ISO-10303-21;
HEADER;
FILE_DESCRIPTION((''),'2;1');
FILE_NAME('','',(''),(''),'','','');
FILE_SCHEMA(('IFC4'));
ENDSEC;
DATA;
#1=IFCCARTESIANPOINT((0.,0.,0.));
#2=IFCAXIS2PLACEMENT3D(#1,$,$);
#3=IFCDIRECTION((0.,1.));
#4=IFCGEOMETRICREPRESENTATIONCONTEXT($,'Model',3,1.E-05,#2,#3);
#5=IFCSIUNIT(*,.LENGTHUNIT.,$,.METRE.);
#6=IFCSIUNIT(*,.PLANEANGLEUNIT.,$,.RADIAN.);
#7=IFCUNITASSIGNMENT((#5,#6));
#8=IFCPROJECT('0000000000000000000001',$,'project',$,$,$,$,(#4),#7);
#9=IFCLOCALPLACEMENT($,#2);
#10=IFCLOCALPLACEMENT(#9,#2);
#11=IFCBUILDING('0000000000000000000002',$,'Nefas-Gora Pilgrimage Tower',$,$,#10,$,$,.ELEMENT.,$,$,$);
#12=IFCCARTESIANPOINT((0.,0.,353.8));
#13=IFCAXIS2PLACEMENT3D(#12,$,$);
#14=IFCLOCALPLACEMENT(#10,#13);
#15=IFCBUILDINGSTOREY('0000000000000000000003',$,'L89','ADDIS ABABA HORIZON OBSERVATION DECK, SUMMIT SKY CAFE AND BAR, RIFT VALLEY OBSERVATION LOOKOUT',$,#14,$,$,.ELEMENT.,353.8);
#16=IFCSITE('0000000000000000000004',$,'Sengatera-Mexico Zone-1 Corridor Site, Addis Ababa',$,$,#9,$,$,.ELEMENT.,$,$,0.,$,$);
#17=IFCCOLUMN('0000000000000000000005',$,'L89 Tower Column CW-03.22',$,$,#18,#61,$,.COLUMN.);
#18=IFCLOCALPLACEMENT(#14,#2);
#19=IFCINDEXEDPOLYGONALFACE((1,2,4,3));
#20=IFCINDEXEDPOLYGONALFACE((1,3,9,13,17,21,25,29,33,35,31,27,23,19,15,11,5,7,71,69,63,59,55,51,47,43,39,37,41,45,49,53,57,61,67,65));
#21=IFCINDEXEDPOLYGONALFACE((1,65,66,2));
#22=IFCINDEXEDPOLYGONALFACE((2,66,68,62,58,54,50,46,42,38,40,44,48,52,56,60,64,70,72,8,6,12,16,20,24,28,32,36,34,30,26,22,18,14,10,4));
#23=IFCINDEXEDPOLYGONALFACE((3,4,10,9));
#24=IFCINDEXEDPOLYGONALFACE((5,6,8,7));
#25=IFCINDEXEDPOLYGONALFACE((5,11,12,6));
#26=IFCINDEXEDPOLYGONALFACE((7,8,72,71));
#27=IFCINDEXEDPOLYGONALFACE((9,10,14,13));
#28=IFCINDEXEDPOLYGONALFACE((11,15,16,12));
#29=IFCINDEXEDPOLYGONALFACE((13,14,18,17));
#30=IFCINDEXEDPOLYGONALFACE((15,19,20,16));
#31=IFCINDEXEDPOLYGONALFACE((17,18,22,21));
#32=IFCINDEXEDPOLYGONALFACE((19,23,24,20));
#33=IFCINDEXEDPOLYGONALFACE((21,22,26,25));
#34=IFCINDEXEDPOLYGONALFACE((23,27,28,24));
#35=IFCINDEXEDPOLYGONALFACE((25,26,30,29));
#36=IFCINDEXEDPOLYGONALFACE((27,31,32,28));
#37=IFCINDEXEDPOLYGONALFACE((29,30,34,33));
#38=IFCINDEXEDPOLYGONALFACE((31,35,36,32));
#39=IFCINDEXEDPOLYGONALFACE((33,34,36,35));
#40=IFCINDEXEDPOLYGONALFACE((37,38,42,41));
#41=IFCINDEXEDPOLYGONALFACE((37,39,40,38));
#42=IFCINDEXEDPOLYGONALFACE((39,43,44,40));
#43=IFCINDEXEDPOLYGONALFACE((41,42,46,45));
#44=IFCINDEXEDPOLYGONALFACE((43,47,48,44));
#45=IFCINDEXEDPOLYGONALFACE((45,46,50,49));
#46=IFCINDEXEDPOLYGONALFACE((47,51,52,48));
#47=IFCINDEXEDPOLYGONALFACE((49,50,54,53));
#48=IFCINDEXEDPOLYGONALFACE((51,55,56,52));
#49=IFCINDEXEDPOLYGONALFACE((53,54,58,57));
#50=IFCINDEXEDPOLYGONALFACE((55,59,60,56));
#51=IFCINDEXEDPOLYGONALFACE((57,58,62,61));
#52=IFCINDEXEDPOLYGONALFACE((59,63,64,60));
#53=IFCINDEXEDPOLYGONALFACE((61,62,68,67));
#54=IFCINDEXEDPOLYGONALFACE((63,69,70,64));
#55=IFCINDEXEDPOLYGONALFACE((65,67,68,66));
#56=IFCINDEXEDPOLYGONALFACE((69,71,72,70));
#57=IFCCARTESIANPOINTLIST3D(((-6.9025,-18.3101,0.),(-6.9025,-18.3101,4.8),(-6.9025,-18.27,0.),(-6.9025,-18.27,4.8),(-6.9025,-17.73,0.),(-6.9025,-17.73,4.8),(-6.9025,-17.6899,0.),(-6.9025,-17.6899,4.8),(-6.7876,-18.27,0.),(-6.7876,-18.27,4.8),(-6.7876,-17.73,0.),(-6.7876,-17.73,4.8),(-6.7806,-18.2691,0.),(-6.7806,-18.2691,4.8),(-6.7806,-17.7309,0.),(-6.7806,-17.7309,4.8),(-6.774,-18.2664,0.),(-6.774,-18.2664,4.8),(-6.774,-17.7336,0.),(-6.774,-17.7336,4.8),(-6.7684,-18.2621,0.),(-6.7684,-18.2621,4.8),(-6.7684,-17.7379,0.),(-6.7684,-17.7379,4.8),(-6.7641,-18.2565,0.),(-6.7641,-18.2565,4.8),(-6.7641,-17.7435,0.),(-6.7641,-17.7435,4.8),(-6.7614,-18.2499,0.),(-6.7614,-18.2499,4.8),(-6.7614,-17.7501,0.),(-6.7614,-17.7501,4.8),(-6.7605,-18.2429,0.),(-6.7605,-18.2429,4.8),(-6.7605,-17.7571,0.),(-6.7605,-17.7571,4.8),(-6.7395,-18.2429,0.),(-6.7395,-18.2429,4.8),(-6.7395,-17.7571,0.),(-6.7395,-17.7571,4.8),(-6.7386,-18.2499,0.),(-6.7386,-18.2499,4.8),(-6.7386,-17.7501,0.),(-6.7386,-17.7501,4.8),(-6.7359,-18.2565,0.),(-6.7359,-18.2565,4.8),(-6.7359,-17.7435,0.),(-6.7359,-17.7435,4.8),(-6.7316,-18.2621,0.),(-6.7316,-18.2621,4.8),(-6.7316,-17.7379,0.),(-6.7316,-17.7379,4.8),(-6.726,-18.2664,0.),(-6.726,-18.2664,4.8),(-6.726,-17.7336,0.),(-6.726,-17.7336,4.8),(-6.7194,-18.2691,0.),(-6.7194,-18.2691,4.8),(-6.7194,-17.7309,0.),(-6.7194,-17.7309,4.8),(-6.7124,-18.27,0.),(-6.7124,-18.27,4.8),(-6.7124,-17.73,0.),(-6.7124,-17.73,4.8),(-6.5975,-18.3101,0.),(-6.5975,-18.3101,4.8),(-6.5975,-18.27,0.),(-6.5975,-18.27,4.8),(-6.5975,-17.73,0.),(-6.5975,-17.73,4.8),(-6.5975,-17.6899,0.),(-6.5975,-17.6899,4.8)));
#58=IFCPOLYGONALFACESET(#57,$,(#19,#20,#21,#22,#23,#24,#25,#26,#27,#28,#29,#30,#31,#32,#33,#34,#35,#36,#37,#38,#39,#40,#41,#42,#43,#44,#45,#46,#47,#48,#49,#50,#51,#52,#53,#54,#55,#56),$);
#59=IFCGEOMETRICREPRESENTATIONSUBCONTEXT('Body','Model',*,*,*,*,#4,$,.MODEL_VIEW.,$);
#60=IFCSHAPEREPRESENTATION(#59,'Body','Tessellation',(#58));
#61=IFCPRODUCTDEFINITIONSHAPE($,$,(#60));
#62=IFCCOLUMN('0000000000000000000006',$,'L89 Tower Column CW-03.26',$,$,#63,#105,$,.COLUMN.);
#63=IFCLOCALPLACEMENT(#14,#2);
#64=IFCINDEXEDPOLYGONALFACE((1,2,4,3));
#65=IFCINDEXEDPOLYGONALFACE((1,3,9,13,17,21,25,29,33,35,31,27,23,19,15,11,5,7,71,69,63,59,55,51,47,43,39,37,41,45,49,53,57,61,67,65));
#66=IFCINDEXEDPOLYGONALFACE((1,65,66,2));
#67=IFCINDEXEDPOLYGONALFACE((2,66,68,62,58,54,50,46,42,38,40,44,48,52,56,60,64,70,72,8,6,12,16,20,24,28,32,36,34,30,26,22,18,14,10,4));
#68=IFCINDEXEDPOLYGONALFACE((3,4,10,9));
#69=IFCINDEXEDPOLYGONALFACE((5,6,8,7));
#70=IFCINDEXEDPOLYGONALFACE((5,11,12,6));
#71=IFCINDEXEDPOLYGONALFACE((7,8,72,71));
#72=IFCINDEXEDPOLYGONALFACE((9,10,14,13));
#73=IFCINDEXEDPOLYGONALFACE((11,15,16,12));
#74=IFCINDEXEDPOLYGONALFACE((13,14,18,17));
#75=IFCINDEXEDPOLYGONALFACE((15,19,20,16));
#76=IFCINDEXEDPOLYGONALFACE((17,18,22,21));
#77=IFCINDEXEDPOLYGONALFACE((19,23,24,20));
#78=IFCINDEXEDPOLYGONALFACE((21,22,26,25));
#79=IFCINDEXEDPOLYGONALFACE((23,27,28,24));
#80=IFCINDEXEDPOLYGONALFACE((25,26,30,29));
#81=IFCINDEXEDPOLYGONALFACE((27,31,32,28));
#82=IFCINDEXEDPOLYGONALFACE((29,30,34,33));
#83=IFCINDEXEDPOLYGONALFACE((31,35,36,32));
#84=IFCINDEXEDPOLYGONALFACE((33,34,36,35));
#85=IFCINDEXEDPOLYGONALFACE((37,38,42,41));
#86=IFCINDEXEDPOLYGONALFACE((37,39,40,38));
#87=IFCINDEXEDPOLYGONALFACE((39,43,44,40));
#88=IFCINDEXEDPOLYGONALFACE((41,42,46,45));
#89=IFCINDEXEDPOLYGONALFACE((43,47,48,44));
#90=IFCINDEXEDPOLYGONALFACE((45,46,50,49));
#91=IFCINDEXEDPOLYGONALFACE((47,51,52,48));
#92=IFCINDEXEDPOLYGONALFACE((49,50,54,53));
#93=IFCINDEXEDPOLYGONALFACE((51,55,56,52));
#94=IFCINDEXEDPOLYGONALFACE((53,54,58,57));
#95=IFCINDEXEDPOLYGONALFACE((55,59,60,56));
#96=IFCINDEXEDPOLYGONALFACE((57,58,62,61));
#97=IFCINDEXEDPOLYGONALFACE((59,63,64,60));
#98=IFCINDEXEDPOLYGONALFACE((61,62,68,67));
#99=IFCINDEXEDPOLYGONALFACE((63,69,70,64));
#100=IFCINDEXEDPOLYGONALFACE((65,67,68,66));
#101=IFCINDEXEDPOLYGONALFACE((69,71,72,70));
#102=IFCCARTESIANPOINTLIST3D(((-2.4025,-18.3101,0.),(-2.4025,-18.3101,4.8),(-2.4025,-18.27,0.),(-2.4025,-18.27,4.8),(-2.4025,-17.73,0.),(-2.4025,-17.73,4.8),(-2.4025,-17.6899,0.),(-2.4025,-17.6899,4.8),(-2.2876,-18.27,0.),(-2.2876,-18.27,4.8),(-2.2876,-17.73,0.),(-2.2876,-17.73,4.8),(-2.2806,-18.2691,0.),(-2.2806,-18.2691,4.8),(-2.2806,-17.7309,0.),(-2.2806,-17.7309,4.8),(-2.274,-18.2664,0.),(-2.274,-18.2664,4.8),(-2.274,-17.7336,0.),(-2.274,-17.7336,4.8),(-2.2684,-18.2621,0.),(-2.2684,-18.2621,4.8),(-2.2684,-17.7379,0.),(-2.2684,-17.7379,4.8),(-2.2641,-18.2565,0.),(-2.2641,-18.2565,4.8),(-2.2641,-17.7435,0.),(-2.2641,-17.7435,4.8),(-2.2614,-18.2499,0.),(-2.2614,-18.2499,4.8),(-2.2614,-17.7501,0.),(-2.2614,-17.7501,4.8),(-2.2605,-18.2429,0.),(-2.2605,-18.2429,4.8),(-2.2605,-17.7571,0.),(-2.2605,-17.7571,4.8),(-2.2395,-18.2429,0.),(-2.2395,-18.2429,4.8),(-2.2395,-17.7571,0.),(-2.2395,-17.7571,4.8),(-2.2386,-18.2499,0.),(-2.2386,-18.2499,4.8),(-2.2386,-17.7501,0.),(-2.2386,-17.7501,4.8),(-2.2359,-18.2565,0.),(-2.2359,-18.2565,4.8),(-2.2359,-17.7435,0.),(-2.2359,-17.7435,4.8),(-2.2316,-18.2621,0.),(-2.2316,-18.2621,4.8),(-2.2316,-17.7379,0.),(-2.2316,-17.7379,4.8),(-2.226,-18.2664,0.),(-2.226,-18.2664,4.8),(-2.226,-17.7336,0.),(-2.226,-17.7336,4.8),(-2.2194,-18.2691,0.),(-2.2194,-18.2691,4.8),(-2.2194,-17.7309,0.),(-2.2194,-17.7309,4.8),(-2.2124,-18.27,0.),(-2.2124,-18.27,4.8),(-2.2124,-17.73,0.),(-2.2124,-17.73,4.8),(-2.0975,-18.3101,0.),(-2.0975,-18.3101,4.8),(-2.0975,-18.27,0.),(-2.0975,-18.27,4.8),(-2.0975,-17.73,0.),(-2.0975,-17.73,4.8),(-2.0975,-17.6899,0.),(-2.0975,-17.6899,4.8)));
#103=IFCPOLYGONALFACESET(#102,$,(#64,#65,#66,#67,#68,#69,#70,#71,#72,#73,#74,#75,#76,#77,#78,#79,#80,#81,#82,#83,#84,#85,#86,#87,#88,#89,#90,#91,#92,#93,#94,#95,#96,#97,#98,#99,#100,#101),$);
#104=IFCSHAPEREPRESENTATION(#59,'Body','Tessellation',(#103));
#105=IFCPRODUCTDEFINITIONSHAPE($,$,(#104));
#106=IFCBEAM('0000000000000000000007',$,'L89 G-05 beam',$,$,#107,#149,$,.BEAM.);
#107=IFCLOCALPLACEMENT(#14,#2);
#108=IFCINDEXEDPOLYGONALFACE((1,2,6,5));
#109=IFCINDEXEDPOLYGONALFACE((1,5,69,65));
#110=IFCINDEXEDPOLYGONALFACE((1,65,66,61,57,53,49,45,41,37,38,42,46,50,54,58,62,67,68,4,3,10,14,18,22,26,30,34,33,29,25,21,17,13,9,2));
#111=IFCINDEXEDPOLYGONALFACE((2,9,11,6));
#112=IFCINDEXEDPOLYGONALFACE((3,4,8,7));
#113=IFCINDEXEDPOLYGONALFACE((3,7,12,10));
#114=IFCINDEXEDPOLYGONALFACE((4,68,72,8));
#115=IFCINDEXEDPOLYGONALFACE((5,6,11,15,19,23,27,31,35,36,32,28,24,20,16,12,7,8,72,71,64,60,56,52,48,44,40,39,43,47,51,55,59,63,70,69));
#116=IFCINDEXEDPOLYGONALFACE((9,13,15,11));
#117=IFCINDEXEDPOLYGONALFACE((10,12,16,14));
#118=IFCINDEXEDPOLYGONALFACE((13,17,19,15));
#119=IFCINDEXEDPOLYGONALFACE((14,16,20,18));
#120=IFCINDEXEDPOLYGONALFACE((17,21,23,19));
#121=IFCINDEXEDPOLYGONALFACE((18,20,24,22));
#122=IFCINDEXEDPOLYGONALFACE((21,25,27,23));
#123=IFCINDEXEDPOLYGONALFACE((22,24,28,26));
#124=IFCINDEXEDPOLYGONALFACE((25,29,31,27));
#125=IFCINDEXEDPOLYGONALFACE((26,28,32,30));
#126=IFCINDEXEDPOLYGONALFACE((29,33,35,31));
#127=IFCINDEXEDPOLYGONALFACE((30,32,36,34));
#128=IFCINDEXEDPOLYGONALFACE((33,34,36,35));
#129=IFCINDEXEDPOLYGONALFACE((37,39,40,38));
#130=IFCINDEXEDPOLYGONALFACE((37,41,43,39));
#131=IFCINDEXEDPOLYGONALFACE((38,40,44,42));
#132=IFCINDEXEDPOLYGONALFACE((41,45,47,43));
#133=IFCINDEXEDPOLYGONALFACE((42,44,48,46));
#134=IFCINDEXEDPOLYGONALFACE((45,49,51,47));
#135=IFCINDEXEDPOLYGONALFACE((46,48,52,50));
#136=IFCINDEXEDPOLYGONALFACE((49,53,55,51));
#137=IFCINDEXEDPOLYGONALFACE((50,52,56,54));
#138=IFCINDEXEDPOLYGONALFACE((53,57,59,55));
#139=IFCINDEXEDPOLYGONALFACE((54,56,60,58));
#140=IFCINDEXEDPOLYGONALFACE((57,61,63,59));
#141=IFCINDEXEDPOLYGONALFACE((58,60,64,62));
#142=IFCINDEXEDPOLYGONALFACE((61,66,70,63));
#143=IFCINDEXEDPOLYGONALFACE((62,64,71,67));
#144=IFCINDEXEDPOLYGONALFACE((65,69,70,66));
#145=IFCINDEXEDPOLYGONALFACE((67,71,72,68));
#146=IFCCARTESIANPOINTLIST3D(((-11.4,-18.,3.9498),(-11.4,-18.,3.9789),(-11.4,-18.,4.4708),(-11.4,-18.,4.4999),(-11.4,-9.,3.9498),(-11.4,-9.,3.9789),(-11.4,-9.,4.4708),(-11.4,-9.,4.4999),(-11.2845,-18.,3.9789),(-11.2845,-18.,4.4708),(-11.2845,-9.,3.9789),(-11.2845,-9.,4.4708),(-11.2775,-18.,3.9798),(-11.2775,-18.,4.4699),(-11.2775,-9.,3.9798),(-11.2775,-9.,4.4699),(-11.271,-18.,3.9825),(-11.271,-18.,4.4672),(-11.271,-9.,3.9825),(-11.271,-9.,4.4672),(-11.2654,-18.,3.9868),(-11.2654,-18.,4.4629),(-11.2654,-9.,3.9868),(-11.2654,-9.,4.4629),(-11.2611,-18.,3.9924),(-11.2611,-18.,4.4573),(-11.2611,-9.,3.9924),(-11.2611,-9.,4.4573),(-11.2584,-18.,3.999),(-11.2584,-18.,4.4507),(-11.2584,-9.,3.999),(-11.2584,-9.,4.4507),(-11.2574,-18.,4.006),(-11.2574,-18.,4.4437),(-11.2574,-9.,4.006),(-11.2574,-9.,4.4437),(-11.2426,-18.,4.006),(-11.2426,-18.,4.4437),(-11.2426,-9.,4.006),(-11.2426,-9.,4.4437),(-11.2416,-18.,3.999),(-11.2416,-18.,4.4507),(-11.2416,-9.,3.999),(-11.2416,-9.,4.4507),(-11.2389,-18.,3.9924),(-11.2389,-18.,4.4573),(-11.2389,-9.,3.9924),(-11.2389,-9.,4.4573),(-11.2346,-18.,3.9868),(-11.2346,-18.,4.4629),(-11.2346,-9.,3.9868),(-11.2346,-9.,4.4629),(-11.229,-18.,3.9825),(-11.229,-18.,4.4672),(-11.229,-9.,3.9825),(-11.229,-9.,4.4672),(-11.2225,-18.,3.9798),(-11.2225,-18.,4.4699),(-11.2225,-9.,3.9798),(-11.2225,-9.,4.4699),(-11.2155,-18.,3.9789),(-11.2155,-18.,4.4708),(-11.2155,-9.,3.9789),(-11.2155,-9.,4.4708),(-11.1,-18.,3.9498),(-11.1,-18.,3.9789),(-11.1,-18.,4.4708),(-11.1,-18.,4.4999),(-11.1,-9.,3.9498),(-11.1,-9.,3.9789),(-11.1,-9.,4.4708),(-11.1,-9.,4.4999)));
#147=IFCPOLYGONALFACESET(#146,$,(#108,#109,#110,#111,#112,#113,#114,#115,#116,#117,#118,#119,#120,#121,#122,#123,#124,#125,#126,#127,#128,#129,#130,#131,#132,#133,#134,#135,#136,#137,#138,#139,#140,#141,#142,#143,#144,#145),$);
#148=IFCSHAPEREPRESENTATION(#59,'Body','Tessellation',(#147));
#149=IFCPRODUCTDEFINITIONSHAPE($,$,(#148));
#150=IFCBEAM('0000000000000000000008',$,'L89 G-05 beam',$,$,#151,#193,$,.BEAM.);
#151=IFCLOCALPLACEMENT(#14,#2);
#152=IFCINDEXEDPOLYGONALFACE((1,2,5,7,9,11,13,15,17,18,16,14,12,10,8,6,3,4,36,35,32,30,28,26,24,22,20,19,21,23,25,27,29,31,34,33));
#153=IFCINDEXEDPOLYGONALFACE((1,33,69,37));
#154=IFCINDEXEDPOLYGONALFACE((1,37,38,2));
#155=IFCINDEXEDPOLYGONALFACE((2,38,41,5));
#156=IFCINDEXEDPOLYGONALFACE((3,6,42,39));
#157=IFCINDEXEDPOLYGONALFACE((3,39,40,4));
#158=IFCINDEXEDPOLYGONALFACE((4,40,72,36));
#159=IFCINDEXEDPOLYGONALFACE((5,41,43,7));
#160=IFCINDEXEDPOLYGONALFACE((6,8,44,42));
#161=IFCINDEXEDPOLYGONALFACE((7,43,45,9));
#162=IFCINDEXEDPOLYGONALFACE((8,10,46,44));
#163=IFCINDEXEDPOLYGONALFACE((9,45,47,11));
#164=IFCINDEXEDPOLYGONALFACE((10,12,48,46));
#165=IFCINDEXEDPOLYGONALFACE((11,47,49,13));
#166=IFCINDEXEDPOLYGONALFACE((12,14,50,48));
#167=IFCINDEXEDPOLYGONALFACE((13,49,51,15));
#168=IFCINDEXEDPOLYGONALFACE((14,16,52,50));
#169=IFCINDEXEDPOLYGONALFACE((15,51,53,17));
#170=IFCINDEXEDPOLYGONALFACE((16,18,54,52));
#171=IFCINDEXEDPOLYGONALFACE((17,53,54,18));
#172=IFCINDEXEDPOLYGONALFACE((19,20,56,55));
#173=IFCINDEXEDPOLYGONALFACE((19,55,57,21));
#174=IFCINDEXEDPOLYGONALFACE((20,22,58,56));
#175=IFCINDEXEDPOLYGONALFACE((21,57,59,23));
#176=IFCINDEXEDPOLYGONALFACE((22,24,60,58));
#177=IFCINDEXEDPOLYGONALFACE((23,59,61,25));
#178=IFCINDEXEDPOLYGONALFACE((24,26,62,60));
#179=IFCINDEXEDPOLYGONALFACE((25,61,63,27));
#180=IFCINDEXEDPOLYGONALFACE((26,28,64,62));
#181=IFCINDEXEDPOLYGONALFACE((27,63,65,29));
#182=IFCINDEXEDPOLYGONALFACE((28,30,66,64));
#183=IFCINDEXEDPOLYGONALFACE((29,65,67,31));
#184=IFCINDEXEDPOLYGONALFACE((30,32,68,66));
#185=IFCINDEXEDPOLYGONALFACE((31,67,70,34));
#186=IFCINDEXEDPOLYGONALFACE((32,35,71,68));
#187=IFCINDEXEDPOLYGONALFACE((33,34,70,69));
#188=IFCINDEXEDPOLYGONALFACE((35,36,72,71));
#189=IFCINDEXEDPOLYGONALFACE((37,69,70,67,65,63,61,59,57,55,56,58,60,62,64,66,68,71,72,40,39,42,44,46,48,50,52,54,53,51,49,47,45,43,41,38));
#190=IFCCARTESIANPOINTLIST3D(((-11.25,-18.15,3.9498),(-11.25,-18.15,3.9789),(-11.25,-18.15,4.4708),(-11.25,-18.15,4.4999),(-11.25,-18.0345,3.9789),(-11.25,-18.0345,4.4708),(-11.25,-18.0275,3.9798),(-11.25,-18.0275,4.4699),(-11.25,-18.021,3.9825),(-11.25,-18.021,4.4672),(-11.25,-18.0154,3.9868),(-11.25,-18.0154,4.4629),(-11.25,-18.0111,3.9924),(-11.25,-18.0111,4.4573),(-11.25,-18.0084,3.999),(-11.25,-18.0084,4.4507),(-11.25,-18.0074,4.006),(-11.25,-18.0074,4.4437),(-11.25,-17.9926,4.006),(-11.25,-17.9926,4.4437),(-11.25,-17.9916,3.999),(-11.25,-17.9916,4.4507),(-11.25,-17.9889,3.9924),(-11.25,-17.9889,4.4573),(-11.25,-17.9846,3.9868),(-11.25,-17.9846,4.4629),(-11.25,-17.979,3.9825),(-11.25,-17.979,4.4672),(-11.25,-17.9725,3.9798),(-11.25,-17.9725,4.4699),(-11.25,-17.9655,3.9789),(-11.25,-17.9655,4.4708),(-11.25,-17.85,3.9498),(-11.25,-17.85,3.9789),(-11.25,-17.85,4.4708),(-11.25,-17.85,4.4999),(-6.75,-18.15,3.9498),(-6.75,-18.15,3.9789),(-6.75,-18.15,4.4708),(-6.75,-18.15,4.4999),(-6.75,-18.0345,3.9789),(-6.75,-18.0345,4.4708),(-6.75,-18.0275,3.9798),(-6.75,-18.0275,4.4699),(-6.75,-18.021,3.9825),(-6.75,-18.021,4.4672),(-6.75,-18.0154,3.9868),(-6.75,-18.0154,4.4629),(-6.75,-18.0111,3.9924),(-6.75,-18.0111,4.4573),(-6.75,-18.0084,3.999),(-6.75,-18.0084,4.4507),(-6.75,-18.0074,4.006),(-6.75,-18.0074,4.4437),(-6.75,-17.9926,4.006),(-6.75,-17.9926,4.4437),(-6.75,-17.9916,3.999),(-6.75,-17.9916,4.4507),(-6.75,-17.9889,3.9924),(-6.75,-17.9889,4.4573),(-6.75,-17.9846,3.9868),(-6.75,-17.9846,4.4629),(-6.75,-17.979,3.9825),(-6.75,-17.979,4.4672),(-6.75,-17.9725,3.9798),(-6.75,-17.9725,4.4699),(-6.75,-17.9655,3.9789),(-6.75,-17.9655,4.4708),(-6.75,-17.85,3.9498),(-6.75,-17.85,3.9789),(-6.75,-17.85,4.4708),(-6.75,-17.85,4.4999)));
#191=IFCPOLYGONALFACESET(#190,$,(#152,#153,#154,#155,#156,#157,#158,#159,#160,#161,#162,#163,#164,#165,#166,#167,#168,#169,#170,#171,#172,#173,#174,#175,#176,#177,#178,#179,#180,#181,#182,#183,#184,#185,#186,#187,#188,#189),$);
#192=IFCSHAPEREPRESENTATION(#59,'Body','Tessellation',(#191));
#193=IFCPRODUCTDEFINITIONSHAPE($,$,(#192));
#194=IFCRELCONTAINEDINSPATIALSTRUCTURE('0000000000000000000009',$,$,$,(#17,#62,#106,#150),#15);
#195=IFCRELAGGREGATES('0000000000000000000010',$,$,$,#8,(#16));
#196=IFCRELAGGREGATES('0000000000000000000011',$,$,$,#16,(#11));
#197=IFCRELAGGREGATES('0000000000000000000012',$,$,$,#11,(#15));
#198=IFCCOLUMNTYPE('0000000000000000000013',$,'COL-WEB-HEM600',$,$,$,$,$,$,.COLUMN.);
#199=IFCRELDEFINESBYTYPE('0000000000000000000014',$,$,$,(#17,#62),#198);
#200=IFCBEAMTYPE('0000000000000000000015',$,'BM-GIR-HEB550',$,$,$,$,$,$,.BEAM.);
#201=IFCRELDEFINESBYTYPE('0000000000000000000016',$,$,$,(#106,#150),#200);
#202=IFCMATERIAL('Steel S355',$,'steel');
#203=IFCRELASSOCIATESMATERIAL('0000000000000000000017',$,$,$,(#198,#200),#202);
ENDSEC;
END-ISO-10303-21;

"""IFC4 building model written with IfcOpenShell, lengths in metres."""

from ifc_helpers import new_model, si_unit, direction, frame, origin, origin_2d, place, context, subcontext, project, spatial, i_section, extrude, source, transform, mapped, material, material_profile, profile_set, type_object, element, save


model = new_model("IFC4")

# Units and contexts
model_context = context("Model", 3, precision=1e-05, world=origin(), true_north=direction((0.0, 1.0)))
body_context = subcontext(model_context, "Body", "Model", "MODEL_VIEW")
ifc_project = project(units=[si_unit("LENGTHUNIT", "METRE"), si_unit("PLANEANGLEUNIT", "RADIAN")], contexts=[model_context])

# Site, building, storey
site_placement = place(None, origin())
site = spatial("IfcSite", under=ifc_project, at=site_placement, Name="Sengatera-Mexico Zone-1 Corridor Site, Addis Ababa", CompositionType="ELEMENT", RefElevation=0.0)
building_placement = place(site_placement, origin())
building = spatial("IfcBuilding", under=site, at=building_placement, Name="Nefas-Gora Pilgrimage Tower", CompositionType="ELEMENT")
storey_placement = place(building_placement, frame((0.0, 0.0, 353.8)))
storey = spatial("IfcBuildingStorey", under=building, at=storey_placement, Name="L89", Description="ADDIS ABABA HORIZON OBSERVATION DECK, SUMMIT SKY CAFE AND BAR, RIFT VALLEY OBSERVATION LOOKOUT", CompositionType="ELEMENT", Elevation=353.8)

# Columns
ifc_material_1 = material(Name="Steel S355", Category="steel")
ifc_material_profile_1 = material_profile(ifc_material_1, i_section(OverallWidth=0.3049, OverallDepth=0.6201, WebThickness=0.021, FlangeThickness=0.04, FilletRadius=0.0271, at=origin_2d()), Name="HEM 600")
ifc_profile_set_1 = profile_set([ifc_material_profile_1], Name="Steel S355")
column_type_1 = type_object("IfcColumnType", Name="COL-WEB-HEM600", PredefinedType="COLUMN", material=ifc_profile_set_1)
shared_shape_1 = source(origin(), body_context, "Body", "SweptSolid", [
    extrude(i_section(OverallWidth=0.3049, OverallDepth=0.6201, WebThickness=0.021, FlangeThickness=0.04, FilletRadius=0.0271, at=origin_2d()), origin(), (0.0, 0.0, 1.0), 4.8),
])
for number, where, z_axis, x_axis, name in (
    (1, (-6.75, -18.0, 0.0), (0.0, 0.0, 1.0), (1.0, 0.0, 0.0), "L89 Tower Column CW-03.22"),
    (2, (-2.25, -18.0, 0.0), (0.0, 0.0, 1.0), (1.0, 0.0, 0.0), "L89 Tower Column CW-03.26"),
):
    element("IfcColumn", number, at=place(storey_placement, frame(where, z_axis=z_axis, x_axis=x_axis)), inside=storey, type_object=column_type_1, Name=name, PredefinedType="COLUMN", context=body_context, shape_type="MappedRepresentation", body=[
        mapped(shared_shape_1, transform((0.0, 0.0, 0.0), x_axis=(1.0, 0.0, 0.0), y_axis=(0.0, 1.0, 0.0), z_axis=(0.0, 0.0, 1.0), scale=1.0)),
    ])

# Beams
ifc_material_profile_2 = material_profile(ifc_material_1, i_section(OverallWidth=0.3, OverallDepth=0.55, WebThickness=0.0149, FlangeThickness=0.0291, FilletRadius=0.0271, at=origin_2d()), Name="HEB 550")
ifc_profile_set_2 = profile_set([ifc_material_profile_2], Name="Steel S355")
beam_type = type_object("IfcBeamType", Name="BM-GIR-HEB550", PredefinedType="BEAM", material=ifc_profile_set_2)
shared_shape_2 = source(origin(), body_context, "Body", "SweptSolid", [
    extrude(i_section(OverallWidth=0.3, OverallDepth=0.55, WebThickness=0.0149, FlangeThickness=0.0291, FilletRadius=0.0271, at=origin_2d()), origin(), (0.0, 0.0, 1.0), 9.0),
])
beam_placement = place(storey_placement, frame((-11.25, -18.0, 4.2249), z_axis=(0.0, 1.0, 0.0), x_axis=(-1.0, 0.0, 0.0)))
element("IfcBeam", 3, at=beam_placement, inside=storey, type_object=beam_type, Name="L89 G-05 beam", PredefinedType="BEAM", context=body_context, shape_type="MappedRepresentation", body=[
    mapped(shared_shape_2, transform((0.0, 0.0, 0.0), x_axis=(1.0, 0.0, 0.0), y_axis=(0.0, 1.0, 0.0), z_axis=(0.0, 0.0, 1.0), scale=1.0)),
])
shared_shape_3 = source(origin(), body_context, "Body", "SweptSolid", [
    extrude(i_section(OverallWidth=0.3, OverallDepth=0.55, WebThickness=0.0149, FlangeThickness=0.0291, FilletRadius=0.0271, at=origin_2d()), origin(), (0.0, 0.0, 1.0), 4.5),
])
for number, where, z_axis, x_axis, name in (
    (4, (-11.25, -18.0, 4.2249), (1.0, 0.0, 0.0), (0.0, 1.0, 0.0), "L89 G-05 beam"),
):
    element("IfcBeam", number, at=place(storey_placement, frame(where, z_axis=z_axis, x_axis=x_axis)), inside=storey, type_object=beam_type, Name=name, PredefinedType="BEAM", context=body_context, shape_type="MappedRepresentation", body=[
        mapped(shared_shape_3, transform((0.0, 0.0, 0.0), x_axis=(1.0, 0.0, 0.0), y_axis=(0.0, 1.0, 0.0), z_axis=(0.0, 0.0, 1.0), scale=1.0)),
    ])

save(model, "model.ifc")
